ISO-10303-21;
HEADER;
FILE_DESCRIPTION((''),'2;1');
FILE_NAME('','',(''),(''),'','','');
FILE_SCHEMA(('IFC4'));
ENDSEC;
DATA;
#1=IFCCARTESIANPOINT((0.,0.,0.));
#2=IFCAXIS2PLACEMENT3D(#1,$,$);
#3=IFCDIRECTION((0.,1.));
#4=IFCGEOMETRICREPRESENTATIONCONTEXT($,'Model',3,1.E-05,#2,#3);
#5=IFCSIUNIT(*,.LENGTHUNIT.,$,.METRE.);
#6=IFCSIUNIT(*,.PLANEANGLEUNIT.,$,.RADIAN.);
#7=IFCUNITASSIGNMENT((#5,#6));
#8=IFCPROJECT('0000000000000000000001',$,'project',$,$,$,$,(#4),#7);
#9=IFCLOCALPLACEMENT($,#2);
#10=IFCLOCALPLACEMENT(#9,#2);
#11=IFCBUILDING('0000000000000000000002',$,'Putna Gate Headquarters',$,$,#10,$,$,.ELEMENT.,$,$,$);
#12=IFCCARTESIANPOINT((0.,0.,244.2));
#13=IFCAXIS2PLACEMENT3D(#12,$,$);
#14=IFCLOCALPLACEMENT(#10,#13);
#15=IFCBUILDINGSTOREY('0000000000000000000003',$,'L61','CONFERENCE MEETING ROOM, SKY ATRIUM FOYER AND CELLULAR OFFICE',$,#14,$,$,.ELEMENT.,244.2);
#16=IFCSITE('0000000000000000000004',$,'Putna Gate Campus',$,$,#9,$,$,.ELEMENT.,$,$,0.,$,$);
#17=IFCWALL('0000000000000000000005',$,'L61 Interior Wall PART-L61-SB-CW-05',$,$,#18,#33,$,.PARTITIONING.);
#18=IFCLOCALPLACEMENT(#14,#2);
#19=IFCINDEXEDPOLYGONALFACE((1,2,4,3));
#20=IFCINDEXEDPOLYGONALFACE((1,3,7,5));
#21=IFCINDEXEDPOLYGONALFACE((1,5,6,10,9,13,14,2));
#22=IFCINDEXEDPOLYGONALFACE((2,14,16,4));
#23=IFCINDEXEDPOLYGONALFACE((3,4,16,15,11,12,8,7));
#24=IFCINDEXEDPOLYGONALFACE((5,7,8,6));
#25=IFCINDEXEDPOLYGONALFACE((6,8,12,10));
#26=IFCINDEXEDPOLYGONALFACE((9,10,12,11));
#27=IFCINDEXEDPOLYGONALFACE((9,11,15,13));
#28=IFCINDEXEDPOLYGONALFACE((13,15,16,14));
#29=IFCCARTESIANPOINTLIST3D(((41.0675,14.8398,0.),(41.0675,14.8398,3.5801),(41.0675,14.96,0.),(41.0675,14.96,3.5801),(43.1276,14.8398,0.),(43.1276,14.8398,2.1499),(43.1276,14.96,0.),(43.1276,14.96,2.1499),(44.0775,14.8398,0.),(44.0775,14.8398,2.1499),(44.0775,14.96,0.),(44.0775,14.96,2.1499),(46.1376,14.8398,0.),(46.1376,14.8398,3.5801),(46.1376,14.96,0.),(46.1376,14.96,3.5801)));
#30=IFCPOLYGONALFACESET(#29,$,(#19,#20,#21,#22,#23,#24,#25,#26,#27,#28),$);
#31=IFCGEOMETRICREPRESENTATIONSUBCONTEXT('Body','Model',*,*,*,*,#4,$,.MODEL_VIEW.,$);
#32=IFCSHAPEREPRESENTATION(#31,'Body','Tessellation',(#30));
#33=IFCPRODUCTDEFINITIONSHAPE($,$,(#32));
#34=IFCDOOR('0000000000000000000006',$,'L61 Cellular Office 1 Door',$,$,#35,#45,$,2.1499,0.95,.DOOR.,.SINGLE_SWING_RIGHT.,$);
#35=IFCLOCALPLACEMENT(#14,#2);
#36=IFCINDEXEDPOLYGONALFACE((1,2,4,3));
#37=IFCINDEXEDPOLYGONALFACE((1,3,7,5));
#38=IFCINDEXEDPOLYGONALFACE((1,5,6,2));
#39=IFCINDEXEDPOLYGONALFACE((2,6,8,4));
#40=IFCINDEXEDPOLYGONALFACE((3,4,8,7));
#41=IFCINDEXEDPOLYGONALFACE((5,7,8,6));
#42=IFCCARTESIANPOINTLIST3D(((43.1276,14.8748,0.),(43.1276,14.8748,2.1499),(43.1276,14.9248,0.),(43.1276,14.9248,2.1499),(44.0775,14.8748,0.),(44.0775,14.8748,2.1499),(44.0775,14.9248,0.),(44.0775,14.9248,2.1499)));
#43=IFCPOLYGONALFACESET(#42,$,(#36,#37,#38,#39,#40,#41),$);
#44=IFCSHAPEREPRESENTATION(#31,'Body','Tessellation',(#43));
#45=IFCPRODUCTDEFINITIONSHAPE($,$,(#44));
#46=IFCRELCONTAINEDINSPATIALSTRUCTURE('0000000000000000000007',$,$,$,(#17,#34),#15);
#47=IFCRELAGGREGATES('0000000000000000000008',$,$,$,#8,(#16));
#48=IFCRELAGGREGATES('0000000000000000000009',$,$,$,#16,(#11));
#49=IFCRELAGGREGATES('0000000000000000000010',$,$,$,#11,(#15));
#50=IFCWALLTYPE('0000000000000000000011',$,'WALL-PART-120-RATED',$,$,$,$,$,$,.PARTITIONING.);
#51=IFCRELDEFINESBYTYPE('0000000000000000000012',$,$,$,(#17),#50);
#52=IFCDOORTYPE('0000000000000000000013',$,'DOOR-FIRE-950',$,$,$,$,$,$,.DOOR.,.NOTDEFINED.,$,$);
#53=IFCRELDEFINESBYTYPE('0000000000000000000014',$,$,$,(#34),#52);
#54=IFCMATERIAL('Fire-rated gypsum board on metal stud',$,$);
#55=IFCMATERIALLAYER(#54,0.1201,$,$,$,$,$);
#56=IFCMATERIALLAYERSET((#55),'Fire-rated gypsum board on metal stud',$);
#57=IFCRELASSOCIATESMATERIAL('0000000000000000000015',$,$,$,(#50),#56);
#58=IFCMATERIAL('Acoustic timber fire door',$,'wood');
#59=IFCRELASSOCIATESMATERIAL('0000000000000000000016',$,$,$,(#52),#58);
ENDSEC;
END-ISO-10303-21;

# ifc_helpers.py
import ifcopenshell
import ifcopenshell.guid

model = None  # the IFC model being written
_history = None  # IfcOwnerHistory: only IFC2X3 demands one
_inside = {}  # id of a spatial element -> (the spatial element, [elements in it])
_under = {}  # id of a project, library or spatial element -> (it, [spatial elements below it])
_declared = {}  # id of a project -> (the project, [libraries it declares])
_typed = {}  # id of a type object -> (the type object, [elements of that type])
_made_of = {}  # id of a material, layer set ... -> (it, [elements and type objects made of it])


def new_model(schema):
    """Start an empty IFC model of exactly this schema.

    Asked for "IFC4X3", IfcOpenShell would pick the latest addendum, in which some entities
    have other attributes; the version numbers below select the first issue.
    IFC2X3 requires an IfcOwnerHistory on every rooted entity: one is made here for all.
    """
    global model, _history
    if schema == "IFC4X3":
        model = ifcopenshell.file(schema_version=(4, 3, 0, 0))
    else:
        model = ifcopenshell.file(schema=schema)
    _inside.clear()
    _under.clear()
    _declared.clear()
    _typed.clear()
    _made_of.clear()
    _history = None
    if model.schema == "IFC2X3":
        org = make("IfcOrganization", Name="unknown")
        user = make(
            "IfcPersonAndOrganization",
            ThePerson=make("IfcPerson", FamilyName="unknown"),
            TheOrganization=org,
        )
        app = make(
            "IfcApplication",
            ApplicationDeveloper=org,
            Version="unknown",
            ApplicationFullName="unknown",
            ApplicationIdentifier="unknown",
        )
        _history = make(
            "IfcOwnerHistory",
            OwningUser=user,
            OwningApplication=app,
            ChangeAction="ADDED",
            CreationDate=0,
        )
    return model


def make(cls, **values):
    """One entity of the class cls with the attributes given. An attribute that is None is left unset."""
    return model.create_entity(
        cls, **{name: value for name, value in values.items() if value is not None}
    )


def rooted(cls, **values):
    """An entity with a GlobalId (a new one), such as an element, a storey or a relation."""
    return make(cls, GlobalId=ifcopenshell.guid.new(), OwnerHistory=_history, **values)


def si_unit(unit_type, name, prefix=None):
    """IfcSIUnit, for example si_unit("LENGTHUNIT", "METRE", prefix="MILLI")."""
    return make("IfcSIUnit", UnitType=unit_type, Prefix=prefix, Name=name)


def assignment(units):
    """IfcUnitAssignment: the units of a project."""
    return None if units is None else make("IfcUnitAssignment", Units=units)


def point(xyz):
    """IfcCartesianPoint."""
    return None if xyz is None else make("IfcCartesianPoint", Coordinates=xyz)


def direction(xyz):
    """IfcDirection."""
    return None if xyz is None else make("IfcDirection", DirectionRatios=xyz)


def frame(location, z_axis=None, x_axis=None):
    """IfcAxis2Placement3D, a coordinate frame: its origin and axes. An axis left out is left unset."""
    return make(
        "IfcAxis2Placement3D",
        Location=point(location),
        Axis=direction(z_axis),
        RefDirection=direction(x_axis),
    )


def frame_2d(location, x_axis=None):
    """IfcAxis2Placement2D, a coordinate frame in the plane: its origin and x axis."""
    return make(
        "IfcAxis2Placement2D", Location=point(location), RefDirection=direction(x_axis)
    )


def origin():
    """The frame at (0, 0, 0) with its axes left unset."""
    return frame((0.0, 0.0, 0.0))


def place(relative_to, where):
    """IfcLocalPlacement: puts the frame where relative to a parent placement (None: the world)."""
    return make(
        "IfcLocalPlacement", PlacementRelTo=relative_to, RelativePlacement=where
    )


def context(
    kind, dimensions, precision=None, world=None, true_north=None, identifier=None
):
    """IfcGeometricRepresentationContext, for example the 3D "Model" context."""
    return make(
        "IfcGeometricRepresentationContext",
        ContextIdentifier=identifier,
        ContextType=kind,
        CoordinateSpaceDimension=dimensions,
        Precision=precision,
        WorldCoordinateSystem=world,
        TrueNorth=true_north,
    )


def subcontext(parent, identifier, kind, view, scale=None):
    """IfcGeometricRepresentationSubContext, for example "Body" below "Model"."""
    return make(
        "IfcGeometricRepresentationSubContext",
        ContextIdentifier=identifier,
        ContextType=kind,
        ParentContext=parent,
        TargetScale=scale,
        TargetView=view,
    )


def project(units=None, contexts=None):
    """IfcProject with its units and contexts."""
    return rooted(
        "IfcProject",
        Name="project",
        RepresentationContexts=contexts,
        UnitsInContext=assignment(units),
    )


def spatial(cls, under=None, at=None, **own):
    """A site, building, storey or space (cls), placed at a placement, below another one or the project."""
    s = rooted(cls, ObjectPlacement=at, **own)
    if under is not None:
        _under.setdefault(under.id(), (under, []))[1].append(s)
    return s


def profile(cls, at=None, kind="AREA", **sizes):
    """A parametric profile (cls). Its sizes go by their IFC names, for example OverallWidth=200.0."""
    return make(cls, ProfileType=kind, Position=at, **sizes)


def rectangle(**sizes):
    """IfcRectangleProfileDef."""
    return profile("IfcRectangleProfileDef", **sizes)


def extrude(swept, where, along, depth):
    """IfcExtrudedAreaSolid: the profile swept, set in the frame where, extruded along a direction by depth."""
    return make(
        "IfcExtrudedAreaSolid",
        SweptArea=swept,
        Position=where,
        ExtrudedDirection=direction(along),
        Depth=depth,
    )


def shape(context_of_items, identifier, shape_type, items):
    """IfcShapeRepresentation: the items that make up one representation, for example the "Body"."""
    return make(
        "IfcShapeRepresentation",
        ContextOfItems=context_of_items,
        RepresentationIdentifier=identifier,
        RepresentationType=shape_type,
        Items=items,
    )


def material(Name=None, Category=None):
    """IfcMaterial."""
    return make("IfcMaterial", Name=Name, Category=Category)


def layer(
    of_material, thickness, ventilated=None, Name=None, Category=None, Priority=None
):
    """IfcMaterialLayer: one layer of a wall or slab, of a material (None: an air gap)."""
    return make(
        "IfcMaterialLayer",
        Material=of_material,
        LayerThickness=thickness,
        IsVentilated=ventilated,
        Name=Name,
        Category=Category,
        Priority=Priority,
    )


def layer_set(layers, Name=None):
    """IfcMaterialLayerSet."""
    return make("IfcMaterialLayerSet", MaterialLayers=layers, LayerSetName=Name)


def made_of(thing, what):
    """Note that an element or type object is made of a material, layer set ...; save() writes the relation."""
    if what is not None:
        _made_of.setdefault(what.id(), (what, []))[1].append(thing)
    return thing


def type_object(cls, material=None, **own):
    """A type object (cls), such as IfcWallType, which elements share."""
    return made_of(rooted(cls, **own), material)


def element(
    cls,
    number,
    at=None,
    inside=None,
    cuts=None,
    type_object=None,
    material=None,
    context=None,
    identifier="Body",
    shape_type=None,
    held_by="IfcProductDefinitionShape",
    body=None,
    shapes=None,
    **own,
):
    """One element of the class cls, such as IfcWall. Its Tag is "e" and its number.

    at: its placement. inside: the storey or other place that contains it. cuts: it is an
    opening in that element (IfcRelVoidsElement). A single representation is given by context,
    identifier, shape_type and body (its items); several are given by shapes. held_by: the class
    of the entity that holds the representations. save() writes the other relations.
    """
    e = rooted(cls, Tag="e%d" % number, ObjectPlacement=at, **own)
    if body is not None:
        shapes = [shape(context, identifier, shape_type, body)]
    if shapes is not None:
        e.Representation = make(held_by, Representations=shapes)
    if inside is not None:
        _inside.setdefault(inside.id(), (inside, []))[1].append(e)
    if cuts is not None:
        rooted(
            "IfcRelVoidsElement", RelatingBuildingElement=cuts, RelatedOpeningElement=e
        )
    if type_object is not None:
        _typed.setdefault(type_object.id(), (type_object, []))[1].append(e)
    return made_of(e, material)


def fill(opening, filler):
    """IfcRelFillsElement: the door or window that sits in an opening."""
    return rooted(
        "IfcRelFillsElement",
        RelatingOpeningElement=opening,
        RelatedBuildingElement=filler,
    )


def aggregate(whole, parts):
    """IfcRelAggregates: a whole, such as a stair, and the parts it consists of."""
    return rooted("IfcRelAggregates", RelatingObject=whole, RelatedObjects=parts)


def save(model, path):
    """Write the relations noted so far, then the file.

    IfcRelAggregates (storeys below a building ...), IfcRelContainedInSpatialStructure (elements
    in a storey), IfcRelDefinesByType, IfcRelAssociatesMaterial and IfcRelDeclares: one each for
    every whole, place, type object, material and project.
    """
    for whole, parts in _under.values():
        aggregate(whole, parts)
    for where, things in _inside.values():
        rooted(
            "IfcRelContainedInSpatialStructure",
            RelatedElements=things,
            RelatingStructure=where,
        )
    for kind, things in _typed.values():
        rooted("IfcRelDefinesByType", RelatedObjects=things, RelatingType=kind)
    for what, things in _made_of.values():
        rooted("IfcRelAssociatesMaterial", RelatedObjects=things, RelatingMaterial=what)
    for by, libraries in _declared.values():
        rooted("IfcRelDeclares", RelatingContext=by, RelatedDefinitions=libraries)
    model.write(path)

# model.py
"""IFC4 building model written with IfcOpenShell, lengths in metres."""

from ifc_helpers import new_model, si_unit, direction, frame, frame_2d, origin, place, context, subcontext, project, spatial, rectangle, extrude, material, layer, layer_set, type_object, element, fill, save


model = new_model("IFC4")

# Units and contexts
model_context = context("Model", 3, precision=1e-05, world=origin(), true_north=direction((0.0, 1.0)))
body_context = subcontext(model_context, "Body", "Model", "MODEL_VIEW")
ifc_project = project(units=[si_unit("LENGTHUNIT", "METRE"), si_unit("PLANEANGLEUNIT", "RADIAN")], contexts=[model_context])

# Site, building, storey
site_placement = place(None, origin())
site = spatial("IfcSite", under=ifc_project, at=site_placement, Name="Putna Gate Campus", CompositionType="ELEMENT", RefElevation=0.0)
building_placement = place(site_placement, origin())
building = spatial("IfcBuilding", under=site, at=building_placement, Name="Putna Gate Headquarters", CompositionType="ELEMENT")
storey_placement = place(building_placement, frame((0.0, 0.0, 244.2)))
storey = spatial("IfcBuildingStorey", under=building, at=storey_placement, Name="L61", Description="CONFERENCE MEETING ROOM, SKY ATRIUM FOYER AND CELLULAR OFFICE", CompositionType="ELEMENT", Elevation=244.2)

# Wall, opening, door
ifc_material_1 = material(Name="Fire-rated gypsum board on metal stud")
ifc_layer_1 = layer(ifc_material_1, 0.1201)
ifc_layer_set_1 = layer_set([ifc_layer_1], Name="Fire-rated gypsum board on metal stud")
wall_type_1 = type_object("IfcWallType", Name="WALL-PART-120-RATED", PredefinedType="PARTITIONING", material=ifc_layer_set_1)
wall_1_placement = place(storey_placement, frame((41.0674, 14.8999, 0.0), z_axis=(0.0, 0.0, 1.0), x_axis=(1.0, 0.0, 0.0)))
wall_1 = element("IfcWall", 1, at=wall_1_placement, inside=storey, type_object=wall_type_1, Name="L61 Interior Wall PART-L61-SB-CW-05", PredefinedType="PARTITIONING", context=body_context, shape_type="SweptSolid", body=[
    extrude(rectangle(XDim=5.0701, YDim=0.1201, at=frame_2d((2.5352, 0.0))), origin(), (0.0, 0.0, 1.0), 3.5801),
])
opening_1_placement = place(wall_1_placement, frame((2.0601, 0.0, 0.0)))
opening_1 = element("IfcOpeningElement", 2, at=opening_1_placement, cuts=wall_1, PredefinedType="OPENING", context=body_context, shape_type="SweptSolid", body=[
    extrude(rectangle(XDim=0.95, YDim=2.1499, at=frame_2d((0.4751, 1.075))), frame((0.0, 0.0701, 0.0), z_axis=(0.0, -1.0, 0.0), x_axis=(1.0, 0.0, 0.0)), (0.0, 0.0, 1.0), 0.1401),
])
ifc_material_2 = material(Name="Acoustic timber fire door", Category="wood")
door_type = type_object("IfcDoorType", Name="DOOR-FIRE-950", OperationType="NOTDEFINED", PredefinedType="DOOR", material=ifc_material_2)
door_1_placement = place(opening_1_placement, origin())
door_1 = element("IfcDoor", 3, at=door_1_placement, inside=storey, type_object=door_type, Name="L61 Cellular Office 1 Door", OperationType="SINGLE_SWING_RIGHT", OverallHeight=2.1499, OverallWidth=0.95, PredefinedType="DOOR", context=body_context, shape_type="SweptSolid", body=[
    extrude(rectangle(XDim=0.95, YDim=2.1499, at=frame_2d((0.4751, 1.075))), frame((0.0, 0.0249, 0.0), z_axis=(0.0, -1.0, 0.0), x_axis=(1.0, 0.0, 0.0)), (0.0, 0.0, 1.0), 0.05),
])
fill(opening_1, door_1)

save(model, "model.ifc")
